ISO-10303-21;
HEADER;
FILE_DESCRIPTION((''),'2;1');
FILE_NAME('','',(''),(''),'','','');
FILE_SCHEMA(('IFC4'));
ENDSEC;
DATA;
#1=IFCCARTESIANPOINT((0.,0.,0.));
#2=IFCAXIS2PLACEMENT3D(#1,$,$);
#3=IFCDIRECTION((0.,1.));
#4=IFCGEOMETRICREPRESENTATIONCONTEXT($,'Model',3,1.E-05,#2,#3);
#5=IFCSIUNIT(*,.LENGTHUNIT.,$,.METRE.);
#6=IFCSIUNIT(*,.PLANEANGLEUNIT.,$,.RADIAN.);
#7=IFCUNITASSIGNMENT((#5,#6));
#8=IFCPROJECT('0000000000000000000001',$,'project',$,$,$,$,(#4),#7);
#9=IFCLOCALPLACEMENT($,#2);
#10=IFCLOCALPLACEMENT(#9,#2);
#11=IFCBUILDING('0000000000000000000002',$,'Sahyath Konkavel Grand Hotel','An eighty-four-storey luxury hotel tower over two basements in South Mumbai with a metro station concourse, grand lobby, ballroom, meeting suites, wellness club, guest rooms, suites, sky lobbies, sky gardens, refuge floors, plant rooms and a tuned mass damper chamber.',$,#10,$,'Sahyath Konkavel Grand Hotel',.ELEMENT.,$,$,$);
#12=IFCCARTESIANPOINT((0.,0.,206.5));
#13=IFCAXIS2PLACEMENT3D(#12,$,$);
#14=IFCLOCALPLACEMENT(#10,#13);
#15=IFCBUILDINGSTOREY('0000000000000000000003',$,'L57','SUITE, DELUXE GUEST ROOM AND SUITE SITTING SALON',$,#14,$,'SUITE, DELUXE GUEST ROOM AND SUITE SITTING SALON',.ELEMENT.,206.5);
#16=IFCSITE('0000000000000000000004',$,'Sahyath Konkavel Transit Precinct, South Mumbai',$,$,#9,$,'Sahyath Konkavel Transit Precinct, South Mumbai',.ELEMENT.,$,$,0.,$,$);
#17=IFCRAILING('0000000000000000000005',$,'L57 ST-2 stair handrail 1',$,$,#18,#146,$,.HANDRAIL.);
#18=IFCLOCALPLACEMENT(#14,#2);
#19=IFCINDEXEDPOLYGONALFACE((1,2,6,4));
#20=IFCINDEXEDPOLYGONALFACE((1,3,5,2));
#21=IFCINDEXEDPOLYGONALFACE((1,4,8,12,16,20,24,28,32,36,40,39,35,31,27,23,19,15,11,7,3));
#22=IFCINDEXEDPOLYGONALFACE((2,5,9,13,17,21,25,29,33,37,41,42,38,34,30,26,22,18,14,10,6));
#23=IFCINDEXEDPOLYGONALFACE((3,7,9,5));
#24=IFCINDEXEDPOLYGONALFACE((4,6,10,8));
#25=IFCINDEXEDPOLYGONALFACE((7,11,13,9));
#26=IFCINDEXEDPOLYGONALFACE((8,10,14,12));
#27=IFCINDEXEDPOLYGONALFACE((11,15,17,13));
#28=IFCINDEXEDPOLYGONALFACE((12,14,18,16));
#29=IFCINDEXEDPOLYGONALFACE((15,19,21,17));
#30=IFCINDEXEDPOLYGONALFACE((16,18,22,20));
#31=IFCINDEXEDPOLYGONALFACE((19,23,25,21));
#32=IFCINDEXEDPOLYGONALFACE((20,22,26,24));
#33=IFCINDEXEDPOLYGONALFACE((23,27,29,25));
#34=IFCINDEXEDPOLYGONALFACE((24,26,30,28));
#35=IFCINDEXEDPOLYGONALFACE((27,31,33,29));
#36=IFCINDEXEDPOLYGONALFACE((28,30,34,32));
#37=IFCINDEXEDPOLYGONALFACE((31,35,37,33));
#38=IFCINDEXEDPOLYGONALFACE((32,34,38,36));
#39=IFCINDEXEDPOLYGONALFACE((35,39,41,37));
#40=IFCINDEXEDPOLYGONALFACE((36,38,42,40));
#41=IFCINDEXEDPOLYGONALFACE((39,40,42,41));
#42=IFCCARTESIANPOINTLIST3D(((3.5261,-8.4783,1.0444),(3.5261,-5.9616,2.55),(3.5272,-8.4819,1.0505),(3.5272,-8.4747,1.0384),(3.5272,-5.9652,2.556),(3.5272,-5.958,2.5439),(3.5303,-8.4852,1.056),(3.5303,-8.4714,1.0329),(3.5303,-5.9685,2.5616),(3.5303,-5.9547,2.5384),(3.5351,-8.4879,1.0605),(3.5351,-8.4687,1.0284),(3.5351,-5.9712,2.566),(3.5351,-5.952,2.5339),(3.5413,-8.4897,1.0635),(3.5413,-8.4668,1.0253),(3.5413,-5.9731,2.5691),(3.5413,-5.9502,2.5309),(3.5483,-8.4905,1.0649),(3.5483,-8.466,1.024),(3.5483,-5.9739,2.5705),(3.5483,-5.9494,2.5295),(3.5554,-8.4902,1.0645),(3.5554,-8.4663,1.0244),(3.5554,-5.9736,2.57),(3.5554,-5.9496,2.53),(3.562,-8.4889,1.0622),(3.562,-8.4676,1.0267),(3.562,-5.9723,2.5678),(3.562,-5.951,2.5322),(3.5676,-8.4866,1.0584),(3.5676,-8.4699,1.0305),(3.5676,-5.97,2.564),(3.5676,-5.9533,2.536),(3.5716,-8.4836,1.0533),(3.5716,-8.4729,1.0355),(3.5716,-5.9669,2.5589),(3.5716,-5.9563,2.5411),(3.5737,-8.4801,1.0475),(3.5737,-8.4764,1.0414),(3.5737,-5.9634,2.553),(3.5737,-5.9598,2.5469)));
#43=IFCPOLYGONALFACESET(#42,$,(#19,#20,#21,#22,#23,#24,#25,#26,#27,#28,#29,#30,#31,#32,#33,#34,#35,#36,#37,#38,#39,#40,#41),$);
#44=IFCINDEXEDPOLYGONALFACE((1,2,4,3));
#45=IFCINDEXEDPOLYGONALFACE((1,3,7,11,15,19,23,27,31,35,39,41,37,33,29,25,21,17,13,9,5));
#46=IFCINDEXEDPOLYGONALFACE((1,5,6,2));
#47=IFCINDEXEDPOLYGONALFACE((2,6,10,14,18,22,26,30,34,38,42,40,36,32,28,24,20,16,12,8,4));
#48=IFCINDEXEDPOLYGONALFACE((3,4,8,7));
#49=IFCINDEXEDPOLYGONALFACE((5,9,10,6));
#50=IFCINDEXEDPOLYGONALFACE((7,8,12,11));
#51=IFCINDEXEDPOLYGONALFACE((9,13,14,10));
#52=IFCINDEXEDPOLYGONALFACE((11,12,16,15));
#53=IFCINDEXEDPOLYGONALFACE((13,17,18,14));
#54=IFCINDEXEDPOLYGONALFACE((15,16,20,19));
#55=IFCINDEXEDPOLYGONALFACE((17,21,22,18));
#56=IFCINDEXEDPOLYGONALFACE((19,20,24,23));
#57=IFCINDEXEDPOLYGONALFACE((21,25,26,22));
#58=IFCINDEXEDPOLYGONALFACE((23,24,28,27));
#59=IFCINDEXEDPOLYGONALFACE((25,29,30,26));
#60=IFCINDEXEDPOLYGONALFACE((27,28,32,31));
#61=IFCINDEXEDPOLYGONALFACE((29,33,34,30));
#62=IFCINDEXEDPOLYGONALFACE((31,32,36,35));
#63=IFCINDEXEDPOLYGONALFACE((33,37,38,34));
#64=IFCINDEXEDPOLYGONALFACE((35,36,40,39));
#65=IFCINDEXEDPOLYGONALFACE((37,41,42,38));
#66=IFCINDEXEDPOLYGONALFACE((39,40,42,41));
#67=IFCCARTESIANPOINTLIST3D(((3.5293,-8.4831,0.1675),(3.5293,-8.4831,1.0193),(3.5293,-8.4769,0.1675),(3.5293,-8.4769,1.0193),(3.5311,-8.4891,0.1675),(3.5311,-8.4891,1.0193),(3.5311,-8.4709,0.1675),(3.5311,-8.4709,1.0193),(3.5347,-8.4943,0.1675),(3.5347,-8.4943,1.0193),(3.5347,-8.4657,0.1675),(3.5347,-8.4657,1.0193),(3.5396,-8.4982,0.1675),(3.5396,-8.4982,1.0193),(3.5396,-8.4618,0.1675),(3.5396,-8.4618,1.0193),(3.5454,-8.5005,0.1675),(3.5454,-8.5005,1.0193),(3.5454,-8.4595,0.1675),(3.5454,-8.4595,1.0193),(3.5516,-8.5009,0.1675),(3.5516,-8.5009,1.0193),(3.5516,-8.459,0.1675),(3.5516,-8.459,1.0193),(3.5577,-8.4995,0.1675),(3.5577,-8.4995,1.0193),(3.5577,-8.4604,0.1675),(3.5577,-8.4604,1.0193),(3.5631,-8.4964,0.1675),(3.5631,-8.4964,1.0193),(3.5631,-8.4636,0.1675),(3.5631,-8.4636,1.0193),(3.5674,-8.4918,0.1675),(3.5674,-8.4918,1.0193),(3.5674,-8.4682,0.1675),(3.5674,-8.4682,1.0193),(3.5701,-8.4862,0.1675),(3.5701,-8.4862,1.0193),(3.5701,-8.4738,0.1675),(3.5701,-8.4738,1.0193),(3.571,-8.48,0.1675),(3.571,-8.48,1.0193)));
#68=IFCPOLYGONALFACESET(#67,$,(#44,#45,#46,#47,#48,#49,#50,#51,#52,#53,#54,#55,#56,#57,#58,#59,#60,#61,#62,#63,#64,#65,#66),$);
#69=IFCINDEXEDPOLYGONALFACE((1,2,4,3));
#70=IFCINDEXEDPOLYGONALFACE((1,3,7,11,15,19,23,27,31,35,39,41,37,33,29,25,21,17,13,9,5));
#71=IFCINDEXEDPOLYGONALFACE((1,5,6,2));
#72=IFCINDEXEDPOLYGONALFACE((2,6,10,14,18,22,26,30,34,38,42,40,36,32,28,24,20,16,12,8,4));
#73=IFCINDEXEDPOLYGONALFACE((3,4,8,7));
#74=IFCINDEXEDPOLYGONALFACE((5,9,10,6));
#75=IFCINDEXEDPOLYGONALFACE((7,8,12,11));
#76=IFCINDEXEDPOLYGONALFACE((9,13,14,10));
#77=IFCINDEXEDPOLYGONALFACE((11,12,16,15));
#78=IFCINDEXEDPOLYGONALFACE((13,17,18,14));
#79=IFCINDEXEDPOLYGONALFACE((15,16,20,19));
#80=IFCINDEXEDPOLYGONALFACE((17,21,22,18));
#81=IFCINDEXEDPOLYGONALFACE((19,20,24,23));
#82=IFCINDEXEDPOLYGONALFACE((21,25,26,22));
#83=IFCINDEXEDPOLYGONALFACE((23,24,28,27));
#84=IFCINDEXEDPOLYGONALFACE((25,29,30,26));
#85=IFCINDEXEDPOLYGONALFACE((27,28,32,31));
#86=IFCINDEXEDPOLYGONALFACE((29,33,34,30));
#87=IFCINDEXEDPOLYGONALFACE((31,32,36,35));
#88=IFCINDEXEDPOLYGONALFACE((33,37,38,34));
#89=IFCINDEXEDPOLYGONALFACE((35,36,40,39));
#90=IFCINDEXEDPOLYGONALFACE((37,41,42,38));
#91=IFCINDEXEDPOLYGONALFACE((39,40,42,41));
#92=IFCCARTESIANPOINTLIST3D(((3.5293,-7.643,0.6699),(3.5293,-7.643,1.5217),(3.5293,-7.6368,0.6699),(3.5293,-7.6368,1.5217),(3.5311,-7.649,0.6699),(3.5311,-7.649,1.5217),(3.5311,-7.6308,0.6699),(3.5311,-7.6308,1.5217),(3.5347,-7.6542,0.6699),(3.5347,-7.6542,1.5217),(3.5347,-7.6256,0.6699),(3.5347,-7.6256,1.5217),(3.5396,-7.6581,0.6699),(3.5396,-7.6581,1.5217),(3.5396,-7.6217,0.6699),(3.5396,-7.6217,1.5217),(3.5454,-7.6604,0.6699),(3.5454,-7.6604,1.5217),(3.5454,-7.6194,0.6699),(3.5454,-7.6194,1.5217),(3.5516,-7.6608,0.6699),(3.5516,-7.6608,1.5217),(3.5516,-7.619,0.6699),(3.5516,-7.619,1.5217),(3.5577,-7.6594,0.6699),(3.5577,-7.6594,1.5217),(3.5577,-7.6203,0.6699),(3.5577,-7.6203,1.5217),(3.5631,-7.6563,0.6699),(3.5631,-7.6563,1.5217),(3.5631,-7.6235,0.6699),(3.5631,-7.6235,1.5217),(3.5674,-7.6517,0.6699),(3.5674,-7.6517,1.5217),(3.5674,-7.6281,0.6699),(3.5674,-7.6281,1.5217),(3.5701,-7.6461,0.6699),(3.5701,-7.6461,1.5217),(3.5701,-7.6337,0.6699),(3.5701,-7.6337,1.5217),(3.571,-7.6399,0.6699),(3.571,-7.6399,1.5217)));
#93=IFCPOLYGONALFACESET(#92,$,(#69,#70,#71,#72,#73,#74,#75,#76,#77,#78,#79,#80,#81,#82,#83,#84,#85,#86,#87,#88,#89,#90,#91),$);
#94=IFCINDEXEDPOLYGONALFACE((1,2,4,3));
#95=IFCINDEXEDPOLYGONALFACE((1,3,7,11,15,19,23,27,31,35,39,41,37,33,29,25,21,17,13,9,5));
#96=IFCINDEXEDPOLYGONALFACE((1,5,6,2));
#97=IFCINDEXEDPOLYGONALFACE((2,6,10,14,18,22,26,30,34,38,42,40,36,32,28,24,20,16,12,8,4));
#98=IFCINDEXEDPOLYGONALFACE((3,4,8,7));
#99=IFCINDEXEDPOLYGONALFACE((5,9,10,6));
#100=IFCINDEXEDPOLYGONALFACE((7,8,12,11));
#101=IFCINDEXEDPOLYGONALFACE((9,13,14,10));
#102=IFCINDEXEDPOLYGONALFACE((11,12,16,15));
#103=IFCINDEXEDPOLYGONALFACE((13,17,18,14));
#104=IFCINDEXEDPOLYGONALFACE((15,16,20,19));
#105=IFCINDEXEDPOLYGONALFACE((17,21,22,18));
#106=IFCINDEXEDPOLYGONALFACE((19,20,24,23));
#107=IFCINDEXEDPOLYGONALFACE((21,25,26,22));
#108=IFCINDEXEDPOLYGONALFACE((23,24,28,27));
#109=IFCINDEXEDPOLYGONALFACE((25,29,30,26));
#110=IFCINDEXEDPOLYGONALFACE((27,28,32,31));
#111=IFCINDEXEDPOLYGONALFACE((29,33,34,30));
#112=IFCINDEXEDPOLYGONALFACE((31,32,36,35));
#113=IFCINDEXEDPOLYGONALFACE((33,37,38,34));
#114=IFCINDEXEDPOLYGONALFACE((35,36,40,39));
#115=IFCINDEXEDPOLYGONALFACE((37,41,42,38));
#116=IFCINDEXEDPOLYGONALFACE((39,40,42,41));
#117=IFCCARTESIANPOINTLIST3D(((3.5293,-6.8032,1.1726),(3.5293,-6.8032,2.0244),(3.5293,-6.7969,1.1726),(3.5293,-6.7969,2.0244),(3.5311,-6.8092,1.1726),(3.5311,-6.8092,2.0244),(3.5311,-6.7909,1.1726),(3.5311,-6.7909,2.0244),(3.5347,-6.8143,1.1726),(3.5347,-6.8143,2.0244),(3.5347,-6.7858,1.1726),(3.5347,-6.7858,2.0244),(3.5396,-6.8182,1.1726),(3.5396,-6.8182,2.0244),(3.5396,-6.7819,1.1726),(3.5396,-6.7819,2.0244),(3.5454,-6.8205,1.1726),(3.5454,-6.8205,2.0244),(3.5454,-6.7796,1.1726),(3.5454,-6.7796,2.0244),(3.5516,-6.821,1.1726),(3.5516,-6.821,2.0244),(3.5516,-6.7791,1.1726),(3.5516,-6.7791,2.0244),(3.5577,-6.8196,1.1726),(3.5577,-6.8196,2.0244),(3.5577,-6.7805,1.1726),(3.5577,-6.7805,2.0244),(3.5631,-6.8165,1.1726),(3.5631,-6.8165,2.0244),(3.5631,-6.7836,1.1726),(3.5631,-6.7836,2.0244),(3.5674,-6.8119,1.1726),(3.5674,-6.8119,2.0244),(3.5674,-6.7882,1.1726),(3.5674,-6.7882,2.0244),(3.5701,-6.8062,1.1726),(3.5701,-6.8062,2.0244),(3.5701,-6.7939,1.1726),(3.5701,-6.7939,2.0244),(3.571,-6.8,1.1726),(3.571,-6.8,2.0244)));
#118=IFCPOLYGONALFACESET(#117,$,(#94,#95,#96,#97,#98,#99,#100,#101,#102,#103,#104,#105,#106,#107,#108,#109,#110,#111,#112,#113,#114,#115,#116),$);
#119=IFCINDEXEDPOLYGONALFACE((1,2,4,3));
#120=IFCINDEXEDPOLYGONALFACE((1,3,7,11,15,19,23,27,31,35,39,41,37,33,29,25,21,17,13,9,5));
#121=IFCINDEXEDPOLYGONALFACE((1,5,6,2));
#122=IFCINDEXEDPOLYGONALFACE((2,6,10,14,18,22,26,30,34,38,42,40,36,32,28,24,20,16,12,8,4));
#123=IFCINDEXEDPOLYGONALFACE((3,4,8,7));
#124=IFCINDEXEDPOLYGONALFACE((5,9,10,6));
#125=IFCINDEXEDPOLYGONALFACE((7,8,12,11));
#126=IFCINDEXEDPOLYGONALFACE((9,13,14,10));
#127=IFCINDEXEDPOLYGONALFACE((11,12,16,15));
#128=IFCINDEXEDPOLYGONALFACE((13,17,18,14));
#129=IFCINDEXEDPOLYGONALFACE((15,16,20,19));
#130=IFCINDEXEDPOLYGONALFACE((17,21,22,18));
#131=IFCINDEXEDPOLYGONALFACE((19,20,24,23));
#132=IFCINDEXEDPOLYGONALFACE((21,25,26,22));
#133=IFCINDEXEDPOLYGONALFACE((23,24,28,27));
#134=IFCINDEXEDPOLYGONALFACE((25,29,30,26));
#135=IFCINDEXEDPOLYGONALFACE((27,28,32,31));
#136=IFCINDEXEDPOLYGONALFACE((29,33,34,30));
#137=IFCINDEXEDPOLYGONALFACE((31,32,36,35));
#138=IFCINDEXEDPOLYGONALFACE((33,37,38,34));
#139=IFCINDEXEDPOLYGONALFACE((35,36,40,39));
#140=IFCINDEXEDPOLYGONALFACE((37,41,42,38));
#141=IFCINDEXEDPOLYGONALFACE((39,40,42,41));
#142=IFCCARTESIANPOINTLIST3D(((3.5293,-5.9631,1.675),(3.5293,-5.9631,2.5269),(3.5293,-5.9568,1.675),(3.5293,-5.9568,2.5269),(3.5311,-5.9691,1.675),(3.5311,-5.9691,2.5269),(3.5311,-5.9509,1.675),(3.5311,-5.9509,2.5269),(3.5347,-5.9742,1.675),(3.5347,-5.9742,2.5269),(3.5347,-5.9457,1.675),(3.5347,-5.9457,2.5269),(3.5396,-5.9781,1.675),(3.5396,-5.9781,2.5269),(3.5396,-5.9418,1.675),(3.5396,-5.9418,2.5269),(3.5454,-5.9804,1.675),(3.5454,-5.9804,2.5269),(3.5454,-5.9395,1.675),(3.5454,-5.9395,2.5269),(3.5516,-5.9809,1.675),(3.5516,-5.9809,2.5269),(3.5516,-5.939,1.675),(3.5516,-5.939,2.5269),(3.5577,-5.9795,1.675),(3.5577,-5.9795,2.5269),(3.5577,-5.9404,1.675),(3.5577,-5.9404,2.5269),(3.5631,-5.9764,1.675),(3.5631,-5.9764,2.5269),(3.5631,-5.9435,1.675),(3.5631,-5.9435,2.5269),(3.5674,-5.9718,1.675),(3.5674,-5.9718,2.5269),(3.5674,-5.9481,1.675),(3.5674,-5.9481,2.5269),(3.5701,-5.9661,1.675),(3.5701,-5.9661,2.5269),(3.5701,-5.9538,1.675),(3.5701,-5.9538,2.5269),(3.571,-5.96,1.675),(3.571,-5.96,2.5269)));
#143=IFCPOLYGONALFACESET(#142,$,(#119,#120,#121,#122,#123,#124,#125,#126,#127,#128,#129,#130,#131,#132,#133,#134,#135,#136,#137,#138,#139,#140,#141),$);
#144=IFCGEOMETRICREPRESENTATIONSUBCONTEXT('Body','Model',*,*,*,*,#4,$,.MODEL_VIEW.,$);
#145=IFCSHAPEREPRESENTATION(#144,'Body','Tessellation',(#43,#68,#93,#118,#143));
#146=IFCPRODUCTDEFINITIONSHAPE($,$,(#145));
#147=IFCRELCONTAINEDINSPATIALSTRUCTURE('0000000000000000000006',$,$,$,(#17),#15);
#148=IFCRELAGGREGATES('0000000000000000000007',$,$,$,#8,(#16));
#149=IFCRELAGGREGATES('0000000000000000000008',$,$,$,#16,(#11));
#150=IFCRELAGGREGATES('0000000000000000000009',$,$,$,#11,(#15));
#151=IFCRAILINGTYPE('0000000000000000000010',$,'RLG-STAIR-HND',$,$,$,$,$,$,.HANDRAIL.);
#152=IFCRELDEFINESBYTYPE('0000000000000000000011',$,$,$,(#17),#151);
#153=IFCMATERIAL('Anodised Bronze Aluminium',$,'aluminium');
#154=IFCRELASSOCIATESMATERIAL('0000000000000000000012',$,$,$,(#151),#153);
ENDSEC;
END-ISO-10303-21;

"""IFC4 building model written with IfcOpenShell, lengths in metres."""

from ifc_helpers import new_model, si_unit, direction, frame, origin, origin_2d, place, context, subcontext, project, spatial, circle, extrude, material, type_object, element, save


model = new_model("IFC4")

# Units and contexts
model_context = context("Model", 3, precision=1e-05, world=origin(), true_north=direction((0.0, 1.0)))
body_context = subcontext(model_context, "Body", "Model", "MODEL_VIEW")
ifc_project = project(units=[si_unit("LENGTHUNIT", "METRE"), si_unit("PLANEANGLEUNIT", "RADIAN")], contexts=[model_context])

# Site, building, storey
site_placement = place(None, origin())
site = spatial("IfcSite", under=ifc_project, at=site_placement, Name="Sahyath Konkavel Transit Precinct, South Mumbai", LongName="Sahyath Konkavel Transit Precinct, South Mumbai", CompositionType="ELEMENT", RefElevation=0.0)
building_placement = place(site_placement, origin())
building = spatial("IfcBuilding", under=site, at=building_placement, Name="Sahyath Konkavel Grand Hotel", Description="An eighty-four-storey luxury hotel tower over two basements in South Mumbai with a metro station concourse, grand lobby, ballroom, meeting suites, wellness club, guest rooms, suites, sky lobbies, sky gardens, refuge floors, plant rooms and a tuned mass damper chamber.", LongName="Sahyath Konkavel Grand Hotel", CompositionType="ELEMENT")
storey_placement = place(building_placement, frame((0.0, 0.0, 206.5)))
storey = spatial("IfcBuildingStorey", under=building, at=storey_placement, Name="L57", Description="SUITE, DELUXE GUEST ROOM AND SUITE SITTING SALON", LongName="SUITE, DELUXE GUEST ROOM AND SUITE SITTING SALON", CompositionType="ELEMENT", Elevation=206.5)

# Railing
ifc_material_1 = material(Name="Anodised Bronze Aluminium", Category="aluminium")
railing_type_1 = type_object("IfcRailingType", Name="RLG-STAIR-HND", PredefinedType="HANDRAIL", material=ifc_material_1)
railing_1_placement = place(storey_placement, frame((3.55, -8.48, 0.1675)))
element("IfcRailing", 1, at=railing_1_placement, inside=storey, type_object=railing_type_1, Name="L57 ST-2 stair handrail 1", PredefinedType="HANDRAIL", context=body_context, shape_type="SweptSolid", body=[
    extrude(circle(Radius=0.0239, at=origin_2d()), frame((0.0, 0.0017, 0.877), z_axis=(0.0, 0.85816, 0.513383), x_axis=(-1.0, 0.0, 0.0)), (0.0, 0.0, 1.0), 2.9326),
    extrude(circle(Radius=0.021, at=origin_2d()), origin(), (0.0, 0.0, 1.0), 0.8518),
    extrude(circle(Radius=0.021, at=origin_2d()), frame((0.0, 0.8401, 0.5024)), (0.0, 0.0, 1.0), 0.8518),
    extrude(circle(Radius=0.021, at=origin_2d()), frame((0.0, 1.6799, 1.0051)), (0.0, 0.0, 1.0), 0.8518),
    extrude(circle(Radius=0.021, at=origin_2d()), frame((0.0, 2.52, 1.5076)), (0.0, 0.0, 1.0), 0.8518),
])

save(model, "model.ifc")
